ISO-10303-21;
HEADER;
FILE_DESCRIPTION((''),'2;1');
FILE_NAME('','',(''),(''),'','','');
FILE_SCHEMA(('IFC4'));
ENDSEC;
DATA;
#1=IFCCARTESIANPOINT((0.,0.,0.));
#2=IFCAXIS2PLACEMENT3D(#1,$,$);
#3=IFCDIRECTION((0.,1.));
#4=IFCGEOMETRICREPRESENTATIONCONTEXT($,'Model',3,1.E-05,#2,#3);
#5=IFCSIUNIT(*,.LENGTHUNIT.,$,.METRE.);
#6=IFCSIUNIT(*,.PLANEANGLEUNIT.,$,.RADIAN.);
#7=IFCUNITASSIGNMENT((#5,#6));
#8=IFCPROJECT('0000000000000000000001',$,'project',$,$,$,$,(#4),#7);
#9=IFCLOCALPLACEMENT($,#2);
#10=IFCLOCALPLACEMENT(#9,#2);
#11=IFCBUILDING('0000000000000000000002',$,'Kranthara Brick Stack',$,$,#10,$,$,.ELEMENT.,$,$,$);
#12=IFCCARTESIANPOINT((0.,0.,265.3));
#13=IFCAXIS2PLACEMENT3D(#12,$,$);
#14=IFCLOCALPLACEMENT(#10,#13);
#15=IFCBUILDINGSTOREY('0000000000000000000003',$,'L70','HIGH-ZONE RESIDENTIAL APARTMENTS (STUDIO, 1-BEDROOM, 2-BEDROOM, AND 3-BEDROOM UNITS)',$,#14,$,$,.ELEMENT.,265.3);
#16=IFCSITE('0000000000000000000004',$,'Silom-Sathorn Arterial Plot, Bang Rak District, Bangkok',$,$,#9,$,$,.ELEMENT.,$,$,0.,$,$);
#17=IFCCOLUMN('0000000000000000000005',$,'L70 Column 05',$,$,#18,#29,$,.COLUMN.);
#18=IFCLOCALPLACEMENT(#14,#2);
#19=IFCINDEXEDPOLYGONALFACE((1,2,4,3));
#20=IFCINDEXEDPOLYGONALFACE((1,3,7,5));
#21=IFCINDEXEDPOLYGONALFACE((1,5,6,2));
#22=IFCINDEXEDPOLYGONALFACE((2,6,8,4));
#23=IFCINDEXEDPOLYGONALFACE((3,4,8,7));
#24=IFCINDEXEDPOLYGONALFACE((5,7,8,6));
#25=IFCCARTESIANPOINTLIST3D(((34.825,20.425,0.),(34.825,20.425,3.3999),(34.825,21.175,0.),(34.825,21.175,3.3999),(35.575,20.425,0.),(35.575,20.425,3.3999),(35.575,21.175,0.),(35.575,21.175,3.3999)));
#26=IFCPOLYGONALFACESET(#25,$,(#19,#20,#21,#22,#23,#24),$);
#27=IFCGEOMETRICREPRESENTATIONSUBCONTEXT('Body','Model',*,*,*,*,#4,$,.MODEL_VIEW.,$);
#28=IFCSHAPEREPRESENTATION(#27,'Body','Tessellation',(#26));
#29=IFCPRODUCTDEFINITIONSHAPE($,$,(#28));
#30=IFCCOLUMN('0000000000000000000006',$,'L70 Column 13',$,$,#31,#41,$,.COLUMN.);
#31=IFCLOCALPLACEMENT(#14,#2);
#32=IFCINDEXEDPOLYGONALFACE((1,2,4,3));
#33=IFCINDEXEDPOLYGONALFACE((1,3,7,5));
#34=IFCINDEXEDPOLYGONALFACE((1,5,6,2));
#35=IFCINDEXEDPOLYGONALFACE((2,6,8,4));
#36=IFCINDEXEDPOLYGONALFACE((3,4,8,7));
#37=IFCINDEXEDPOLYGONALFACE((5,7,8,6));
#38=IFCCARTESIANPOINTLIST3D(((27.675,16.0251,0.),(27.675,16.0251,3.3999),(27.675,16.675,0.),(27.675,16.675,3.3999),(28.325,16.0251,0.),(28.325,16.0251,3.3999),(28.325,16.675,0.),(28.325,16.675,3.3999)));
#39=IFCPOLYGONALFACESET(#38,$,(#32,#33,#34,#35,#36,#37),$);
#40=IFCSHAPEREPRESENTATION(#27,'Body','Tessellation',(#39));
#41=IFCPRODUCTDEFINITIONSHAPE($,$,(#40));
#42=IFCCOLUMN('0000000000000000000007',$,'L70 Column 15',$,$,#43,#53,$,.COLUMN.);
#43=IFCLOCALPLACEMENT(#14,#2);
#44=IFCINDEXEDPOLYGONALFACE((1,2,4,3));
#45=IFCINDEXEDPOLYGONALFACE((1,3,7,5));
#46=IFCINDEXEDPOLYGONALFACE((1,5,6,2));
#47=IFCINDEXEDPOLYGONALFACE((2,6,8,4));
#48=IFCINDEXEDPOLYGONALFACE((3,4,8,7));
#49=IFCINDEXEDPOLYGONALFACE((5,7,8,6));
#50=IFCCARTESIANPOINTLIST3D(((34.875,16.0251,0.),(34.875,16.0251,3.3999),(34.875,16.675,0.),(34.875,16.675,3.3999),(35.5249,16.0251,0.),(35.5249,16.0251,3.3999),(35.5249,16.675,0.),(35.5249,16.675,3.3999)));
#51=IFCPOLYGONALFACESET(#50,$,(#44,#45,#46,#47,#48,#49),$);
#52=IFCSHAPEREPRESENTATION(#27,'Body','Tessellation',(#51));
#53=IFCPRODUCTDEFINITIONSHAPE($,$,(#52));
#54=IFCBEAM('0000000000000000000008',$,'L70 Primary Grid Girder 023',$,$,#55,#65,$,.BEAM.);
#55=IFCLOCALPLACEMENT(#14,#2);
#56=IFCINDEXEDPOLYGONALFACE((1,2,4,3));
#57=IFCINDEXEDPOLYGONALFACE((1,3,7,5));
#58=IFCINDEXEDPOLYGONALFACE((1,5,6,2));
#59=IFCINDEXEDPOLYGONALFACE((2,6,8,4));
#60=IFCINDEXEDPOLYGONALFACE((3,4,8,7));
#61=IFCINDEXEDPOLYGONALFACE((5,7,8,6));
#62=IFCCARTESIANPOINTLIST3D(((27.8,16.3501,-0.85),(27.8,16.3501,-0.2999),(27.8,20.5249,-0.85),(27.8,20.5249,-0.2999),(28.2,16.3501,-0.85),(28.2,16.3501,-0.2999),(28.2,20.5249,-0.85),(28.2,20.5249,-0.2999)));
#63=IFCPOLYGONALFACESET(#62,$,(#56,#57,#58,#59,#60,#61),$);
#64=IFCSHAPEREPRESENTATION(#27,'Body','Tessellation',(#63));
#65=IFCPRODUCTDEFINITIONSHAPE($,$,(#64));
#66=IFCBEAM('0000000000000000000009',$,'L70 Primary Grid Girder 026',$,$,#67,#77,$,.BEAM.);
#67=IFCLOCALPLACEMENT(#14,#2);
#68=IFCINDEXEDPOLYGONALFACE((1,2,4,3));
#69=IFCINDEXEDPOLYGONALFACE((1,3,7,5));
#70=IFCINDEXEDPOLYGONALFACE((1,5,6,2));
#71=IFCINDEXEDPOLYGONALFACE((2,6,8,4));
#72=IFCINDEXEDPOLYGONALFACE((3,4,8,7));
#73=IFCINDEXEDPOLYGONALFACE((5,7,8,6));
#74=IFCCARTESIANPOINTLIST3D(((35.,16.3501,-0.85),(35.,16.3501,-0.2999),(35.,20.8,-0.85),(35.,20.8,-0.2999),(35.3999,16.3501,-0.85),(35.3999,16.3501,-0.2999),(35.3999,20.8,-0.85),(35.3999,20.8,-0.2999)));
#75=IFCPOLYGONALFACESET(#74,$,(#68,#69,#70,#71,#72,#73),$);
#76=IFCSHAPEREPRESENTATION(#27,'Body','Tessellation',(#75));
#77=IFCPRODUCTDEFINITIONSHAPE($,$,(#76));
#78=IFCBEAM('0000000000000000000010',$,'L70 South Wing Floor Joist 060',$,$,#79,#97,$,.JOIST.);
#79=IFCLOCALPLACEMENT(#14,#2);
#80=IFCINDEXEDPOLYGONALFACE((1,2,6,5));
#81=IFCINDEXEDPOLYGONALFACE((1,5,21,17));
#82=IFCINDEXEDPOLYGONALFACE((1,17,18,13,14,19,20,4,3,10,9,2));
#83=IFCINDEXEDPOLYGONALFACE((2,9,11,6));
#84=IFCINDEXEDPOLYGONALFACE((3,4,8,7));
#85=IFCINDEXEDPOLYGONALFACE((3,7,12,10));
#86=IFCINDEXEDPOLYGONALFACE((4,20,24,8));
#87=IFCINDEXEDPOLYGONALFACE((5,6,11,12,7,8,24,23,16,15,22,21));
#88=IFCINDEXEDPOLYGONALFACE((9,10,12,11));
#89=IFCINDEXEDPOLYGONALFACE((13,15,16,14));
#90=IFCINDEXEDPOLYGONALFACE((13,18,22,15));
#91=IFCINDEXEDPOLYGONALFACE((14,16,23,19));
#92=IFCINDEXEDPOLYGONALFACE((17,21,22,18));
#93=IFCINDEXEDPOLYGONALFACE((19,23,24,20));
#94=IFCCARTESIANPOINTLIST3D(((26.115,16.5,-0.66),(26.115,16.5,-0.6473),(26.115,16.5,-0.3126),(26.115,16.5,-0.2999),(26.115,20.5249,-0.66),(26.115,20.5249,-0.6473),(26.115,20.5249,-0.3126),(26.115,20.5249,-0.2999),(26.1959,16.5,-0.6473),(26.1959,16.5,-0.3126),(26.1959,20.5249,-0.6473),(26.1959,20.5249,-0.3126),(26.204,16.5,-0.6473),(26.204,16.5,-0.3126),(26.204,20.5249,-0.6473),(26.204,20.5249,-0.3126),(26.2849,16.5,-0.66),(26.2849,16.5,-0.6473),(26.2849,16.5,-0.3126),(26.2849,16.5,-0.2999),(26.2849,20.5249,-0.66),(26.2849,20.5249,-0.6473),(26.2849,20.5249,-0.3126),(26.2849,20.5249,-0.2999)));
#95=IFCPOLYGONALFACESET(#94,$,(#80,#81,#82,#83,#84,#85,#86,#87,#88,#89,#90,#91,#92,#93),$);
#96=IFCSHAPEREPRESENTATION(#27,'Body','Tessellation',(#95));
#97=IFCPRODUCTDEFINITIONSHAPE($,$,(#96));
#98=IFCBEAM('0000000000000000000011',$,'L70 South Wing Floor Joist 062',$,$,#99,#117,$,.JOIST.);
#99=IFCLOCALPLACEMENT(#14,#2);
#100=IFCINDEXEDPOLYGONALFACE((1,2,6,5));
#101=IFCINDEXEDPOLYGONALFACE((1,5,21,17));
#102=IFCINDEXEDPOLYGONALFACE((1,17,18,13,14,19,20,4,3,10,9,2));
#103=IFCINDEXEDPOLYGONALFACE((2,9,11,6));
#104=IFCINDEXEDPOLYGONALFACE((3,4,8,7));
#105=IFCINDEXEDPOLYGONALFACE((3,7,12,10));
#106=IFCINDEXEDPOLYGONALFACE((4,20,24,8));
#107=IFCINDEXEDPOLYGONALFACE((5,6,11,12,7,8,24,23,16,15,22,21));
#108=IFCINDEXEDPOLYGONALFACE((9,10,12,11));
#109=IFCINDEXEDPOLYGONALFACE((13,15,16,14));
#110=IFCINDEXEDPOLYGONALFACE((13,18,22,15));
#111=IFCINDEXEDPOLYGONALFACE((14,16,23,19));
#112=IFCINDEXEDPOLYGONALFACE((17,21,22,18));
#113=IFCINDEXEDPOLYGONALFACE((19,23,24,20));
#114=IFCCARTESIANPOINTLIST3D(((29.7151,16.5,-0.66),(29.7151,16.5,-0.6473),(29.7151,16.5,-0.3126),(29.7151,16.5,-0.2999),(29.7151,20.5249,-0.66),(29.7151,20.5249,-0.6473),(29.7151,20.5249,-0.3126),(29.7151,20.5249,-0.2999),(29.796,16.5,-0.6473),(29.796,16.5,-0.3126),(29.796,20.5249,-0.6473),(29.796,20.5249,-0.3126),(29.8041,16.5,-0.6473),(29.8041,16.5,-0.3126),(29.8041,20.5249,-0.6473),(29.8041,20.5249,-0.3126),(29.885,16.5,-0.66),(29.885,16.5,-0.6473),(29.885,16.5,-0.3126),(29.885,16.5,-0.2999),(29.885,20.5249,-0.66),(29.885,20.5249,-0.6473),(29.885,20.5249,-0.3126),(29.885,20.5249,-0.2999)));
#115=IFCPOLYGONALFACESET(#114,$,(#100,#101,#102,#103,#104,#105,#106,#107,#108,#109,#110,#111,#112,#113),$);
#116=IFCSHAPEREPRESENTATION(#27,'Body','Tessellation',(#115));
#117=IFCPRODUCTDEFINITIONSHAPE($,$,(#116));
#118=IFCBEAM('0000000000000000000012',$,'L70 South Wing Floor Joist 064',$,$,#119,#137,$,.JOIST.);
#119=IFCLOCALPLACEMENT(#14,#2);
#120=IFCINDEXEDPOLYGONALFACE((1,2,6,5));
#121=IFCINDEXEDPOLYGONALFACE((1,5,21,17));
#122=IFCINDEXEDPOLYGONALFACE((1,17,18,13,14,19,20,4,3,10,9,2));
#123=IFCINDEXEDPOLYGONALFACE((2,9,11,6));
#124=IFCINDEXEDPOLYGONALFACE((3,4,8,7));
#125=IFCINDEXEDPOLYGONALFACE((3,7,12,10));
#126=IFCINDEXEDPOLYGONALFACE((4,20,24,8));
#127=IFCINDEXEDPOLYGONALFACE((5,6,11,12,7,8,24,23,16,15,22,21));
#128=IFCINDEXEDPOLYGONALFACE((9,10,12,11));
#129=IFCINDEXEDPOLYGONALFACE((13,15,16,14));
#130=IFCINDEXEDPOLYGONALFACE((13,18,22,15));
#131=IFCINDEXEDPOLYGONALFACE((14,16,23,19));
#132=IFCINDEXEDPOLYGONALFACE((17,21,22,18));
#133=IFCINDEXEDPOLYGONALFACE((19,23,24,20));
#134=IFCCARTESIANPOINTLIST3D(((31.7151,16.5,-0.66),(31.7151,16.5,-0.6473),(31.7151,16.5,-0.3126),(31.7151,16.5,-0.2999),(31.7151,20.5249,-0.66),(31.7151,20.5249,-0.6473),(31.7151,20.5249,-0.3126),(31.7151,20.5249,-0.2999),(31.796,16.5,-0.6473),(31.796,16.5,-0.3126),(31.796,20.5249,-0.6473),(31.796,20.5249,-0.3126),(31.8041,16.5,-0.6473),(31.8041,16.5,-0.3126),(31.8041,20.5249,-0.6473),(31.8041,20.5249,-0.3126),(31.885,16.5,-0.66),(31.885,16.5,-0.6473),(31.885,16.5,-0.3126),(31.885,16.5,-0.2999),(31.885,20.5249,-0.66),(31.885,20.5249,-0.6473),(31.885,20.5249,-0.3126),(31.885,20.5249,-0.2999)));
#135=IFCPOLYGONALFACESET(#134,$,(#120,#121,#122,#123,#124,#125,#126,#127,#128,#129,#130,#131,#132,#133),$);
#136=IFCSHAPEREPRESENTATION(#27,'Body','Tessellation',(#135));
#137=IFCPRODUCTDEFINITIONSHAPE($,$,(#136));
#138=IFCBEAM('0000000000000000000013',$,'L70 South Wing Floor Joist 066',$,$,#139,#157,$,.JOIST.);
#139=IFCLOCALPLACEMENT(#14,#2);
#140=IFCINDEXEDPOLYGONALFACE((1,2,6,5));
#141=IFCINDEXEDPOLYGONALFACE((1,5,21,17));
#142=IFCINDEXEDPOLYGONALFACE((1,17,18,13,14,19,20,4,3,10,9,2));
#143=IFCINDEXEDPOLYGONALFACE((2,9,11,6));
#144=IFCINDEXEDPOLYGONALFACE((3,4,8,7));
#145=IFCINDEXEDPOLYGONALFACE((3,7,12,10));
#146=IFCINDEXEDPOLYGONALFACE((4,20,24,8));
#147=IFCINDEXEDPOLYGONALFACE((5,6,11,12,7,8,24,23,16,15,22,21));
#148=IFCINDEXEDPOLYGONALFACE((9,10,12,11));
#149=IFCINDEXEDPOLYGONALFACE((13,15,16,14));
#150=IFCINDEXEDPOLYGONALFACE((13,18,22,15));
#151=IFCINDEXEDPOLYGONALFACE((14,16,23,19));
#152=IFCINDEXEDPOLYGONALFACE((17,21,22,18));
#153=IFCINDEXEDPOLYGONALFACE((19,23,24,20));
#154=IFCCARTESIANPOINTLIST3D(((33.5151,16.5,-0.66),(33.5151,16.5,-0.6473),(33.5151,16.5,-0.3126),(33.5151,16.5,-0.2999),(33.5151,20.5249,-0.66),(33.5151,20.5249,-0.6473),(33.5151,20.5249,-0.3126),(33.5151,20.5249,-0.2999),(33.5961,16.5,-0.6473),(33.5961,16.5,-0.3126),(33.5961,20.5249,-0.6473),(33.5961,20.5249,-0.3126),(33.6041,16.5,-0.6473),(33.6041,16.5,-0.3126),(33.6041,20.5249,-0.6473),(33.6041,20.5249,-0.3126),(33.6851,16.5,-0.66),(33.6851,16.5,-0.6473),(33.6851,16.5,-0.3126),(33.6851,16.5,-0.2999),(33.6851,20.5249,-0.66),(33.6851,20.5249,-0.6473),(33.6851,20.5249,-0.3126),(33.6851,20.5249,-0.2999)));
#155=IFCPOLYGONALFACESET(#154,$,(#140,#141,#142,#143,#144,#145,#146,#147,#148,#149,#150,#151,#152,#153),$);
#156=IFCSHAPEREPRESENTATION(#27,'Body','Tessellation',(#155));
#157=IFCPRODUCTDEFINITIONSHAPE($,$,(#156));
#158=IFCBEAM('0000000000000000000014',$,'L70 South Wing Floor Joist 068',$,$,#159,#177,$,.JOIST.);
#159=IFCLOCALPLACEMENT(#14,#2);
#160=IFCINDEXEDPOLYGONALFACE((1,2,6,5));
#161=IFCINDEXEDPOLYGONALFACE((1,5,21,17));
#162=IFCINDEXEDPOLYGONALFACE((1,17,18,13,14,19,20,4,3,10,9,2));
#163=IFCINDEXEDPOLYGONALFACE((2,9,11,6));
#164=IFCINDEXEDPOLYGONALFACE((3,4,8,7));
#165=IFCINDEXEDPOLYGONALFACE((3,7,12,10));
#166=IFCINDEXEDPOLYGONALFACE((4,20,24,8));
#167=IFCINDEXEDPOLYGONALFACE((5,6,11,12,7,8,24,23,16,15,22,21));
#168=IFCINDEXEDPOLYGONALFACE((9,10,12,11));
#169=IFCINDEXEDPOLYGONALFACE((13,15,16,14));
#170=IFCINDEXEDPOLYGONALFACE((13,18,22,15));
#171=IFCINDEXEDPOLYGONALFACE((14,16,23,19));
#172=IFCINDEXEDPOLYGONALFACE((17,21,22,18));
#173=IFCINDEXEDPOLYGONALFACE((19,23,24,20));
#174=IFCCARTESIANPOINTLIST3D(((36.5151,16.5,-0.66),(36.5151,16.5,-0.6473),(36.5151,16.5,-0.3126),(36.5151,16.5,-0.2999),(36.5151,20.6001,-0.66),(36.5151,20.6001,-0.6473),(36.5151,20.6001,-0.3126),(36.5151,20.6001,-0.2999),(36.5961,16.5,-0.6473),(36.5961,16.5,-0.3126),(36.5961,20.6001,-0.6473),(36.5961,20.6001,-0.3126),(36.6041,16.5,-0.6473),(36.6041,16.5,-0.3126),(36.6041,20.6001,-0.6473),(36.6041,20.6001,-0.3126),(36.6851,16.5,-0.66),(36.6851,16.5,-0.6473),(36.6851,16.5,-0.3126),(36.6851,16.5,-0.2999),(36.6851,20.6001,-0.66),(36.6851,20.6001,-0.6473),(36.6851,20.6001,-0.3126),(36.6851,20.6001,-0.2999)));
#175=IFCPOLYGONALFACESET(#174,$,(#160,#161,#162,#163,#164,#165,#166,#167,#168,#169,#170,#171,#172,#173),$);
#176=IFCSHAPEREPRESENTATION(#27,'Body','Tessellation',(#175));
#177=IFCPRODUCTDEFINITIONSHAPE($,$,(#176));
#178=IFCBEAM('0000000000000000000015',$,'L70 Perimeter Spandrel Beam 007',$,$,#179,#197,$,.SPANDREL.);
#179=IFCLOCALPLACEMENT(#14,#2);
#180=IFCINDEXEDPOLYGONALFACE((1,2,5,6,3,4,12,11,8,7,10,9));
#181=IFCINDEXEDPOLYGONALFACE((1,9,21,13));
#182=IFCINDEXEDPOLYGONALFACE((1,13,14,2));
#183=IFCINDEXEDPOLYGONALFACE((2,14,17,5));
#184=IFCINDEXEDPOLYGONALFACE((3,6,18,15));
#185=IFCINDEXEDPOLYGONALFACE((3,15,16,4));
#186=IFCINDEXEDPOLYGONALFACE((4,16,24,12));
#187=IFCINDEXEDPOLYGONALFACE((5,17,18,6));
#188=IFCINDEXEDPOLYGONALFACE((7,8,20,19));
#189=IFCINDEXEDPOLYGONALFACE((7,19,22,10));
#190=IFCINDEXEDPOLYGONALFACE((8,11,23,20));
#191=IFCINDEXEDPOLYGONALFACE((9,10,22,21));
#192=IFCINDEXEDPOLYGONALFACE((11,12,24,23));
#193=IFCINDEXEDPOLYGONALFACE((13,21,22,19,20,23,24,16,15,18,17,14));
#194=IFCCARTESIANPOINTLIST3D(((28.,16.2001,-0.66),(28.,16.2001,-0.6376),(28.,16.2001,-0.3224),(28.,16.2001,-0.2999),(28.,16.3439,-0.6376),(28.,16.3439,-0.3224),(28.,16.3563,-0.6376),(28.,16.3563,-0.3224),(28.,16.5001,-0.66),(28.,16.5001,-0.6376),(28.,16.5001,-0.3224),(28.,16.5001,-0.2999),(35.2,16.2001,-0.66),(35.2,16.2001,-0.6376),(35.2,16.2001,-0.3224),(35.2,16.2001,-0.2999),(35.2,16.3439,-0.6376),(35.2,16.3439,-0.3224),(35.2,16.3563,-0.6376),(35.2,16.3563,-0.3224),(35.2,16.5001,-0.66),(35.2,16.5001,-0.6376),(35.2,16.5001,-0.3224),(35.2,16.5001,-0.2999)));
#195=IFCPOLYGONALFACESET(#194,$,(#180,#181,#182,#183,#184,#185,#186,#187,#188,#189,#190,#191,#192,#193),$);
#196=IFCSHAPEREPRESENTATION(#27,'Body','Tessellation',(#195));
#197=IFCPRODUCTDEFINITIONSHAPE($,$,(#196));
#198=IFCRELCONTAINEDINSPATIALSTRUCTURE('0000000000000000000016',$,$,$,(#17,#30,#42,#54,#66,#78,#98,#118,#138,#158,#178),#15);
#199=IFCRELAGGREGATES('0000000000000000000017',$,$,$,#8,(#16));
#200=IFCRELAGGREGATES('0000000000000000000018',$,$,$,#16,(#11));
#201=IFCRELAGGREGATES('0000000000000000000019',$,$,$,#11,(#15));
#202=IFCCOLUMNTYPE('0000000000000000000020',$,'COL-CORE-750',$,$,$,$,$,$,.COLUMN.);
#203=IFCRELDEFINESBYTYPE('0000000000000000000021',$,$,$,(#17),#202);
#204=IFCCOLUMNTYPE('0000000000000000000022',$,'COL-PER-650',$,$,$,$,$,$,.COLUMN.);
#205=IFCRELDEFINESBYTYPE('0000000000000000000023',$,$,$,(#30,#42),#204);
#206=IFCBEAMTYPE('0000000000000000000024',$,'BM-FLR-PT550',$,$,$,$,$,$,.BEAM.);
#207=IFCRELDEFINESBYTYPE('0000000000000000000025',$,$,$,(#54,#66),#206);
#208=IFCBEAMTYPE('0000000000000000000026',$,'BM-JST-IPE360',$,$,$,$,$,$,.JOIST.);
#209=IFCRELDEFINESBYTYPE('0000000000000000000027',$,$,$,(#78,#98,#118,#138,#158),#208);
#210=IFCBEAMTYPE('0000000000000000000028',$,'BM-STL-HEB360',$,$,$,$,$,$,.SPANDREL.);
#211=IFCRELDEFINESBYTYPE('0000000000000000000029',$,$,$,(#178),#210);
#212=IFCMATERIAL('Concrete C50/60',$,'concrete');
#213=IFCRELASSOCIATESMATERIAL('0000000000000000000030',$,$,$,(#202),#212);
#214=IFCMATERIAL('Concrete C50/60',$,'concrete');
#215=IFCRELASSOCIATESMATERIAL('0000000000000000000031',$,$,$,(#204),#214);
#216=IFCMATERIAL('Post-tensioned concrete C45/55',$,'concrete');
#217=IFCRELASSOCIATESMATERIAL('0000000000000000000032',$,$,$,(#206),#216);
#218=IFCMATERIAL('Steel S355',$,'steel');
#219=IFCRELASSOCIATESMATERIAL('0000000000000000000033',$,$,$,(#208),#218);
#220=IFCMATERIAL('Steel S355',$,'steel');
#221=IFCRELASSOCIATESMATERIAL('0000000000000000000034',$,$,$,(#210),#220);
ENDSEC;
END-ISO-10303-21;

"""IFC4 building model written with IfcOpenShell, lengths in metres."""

from ifc_helpers import new_model, si_unit, direction, frame, origin, origin_2d, place, context, subcontext, project, spatial, rectangle, i_section, extrude, material, material_profile, profile_set, type_object, element, save


model = new_model("IFC4")

# Units and contexts
model_context = context("Model", 3, precision=1e-05, world=origin(), true_north=direction((0.0, 1.0)))
body_context = subcontext(model_context, "Body", "Model", "MODEL_VIEW")
ifc_project = project(units=[si_unit("LENGTHUNIT", "METRE"), si_unit("PLANEANGLEUNIT", "RADIAN")], contexts=[model_context])

# Site, building, storey
site_placement = place(None, origin())
site = spatial("IfcSite", under=ifc_project, at=site_placement, Name="Silom-Sathorn Arterial Plot, Bang Rak District, Bangkok", CompositionType="ELEMENT", RefElevation=0.0)
building_placement = place(site_placement, origin())
building = spatial("IfcBuilding", under=site, at=building_placement, Name="Kranthara Brick Stack", CompositionType="ELEMENT")
storey_placement = place(building_placement, frame((0.0, 0.0, 265.3)))
storey = spatial("IfcBuildingStorey", under=building, at=storey_placement, Name="L70", Description="HIGH-ZONE RESIDENTIAL APARTMENTS (STUDIO, 1-BEDROOM, 2-BEDROOM, AND 3-BEDROOM UNITS)", CompositionType="ELEMENT", Elevation=265.3)

# Columns
ifc_material_1 = material(Name="Concrete C50/60", Category="concrete")
ifc_material_profile_1 = material_profile(ifc_material_1, rectangle(XDim=0.75, YDim=0.75, at=origin_2d()), Name="RC 750x750")
ifc_profile_set_1 = profile_set([ifc_material_profile_1], Name="Concrete C50/60")
column_type_1 = type_object("IfcColumnType", Name="COL-CORE-750", PredefinedType="COLUMN", material=ifc_profile_set_1)
column_placement = place(storey_placement, frame((35.2, 20.8, 0.0), z_axis=(0.0, 0.0, 1.0), x_axis=(1.0, 0.0, 0.0)))
element("IfcColumn", 1, at=column_placement, inside=storey, type_object=column_type_1, Name="L70 Column 05", PredefinedType="COLUMN", context=body_context, shape_type="SweptSolid", body=[
    extrude(rectangle(XDim=0.75, YDim=0.75, at=origin_2d()), origin(), (0.0, 0.0, 1.0), 3.3999),
])
ifc_material_2 = material(Name="Concrete C50/60", Category="concrete")
ifc_material_profile_2 = material_profile(ifc_material_2, rectangle(XDim=0.6499, YDim=0.6499, at=origin_2d()), Name="RC 650x650")
ifc_profile_set_2 = profile_set([ifc_material_profile_2], Name="Concrete C50/60")
column_type_2 = type_object("IfcColumnType", Name="COL-PER-650", PredefinedType="COLUMN", material=ifc_profile_set_2)
for number, where, z_axis, x_axis, name in (
    (2, (28.0, 16.3501, 0.0), (0.0, 0.0, 1.0), (1.0, 0.0, 0.0), "L70 Column 13"),
    (3, (35.2, 16.3501, 0.0), (0.0, 0.0, 1.0), (1.0, 0.0, 0.0), "L70 Column 15"),
):
    element("IfcColumn", number, at=place(storey_placement, frame(where, z_axis=z_axis, x_axis=x_axis)), inside=storey, type_object=column_type_2, Name=name, PredefinedType="COLUMN", context=body_context, shape_type="SweptSolid", body=[
        extrude(rectangle(XDim=0.6499, YDim=0.6499, at=origin_2d()), origin(), (0.0, 0.0, 1.0), 3.3999),
    ])

# Beams
ifc_material_3 = material(Name="Post-tensioned concrete C45/55", Category="concrete")
ifc_material_profile_3 = material_profile(ifc_material_3, rectangle(XDim=0.3999, YDim=0.55, at=origin_2d()), Name="PT 400x550")
ifc_profile_set_3 = profile_set([ifc_material_profile_3], Name="Post-tensioned concrete C45/55")
beam_type_1 = type_object("IfcBeamType", Name="BM-FLR-PT550", PredefinedType="BEAM", material=ifc_profile_set_3)
beam_1_placement = place(storey_placement, frame((28.0, 16.3501, -0.575), z_axis=(0.0, 1.0, 0.0), x_axis=(-1.0, 0.0, 0.0)))
element("IfcBeam", 4, at=beam_1_placement, inside=storey, type_object=beam_type_1, Name="L70 Primary Grid Girder 023", PredefinedType="BEAM", context=body_context, shape_type="SweptSolid", body=[
    extrude(rectangle(XDim=0.3999, YDim=0.55, at=origin_2d()), origin(), (0.0, 0.0, 1.0), 4.1748),
])
beam_2_placement = place(storey_placement, frame((35.2, 16.3501, -0.575), z_axis=(0.0, 1.0, 0.0), x_axis=(-1.0, 0.0, 0.0)))
element("IfcBeam", 5, at=beam_2_placement, inside=storey, type_object=beam_type_1, Name="L70 Primary Grid Girder 026", PredefinedType="BEAM", context=body_context, shape_type="SweptSolid", body=[
    extrude(rectangle(XDim=0.3999, YDim=0.55, at=origin_2d()), origin(), (0.0, 0.0, 1.0), 4.45),
])
ifc_material_4 = material(Name="Steel S355", Category="steel")
ifc_material_profile_4 = material_profile(ifc_material_4, i_section(OverallWidth=0.1699, OverallDepth=0.3601, WebThickness=0.0081, FlangeThickness=0.0127, at=origin_2d()), Name="IPE 360")
ifc_profile_set_4 = profile_set([ifc_material_profile_4], Name="Steel S355")
beam_type_2 = type_object("IfcBeamType", Name="BM-JST-IPE360", PredefinedType="JOIST", material=ifc_profile_set_4)
for number, where, z_axis, x_axis, name in (
    (6, (26.2, 16.5, -0.48), (0.0, 1.0, 0.0), (-1.0, 0.0, 0.0), "L70 South Wing Floor Joist 060"),
    (7, (29.8, 16.5, -0.48), (0.0, 1.0, 0.0), (-1.0, 0.0, 0.0), "L70 South Wing Floor Joist 062"),
    (8, (31.8, 16.5, -0.48), (0.0, 1.0, 0.0), (-1.0, 0.0, 0.0), "L70 South Wing Floor Joist 064"),
    (9, (33.6001, 16.5, -0.48), (0.0, 1.0, 0.0), (-1.0, 0.0, 0.0), "L70 South Wing Floor Joist 066"),
):
    element("IfcBeam", number, at=place(storey_placement, frame(where, z_axis=z_axis, x_axis=x_axis)), inside=storey, type_object=beam_type_2, Name=name, PredefinedType="JOIST", context=body_context, shape_type="SweptSolid", body=[
        extrude(i_section(OverallWidth=0.1699, OverallDepth=0.3601, WebThickness=0.0081, FlangeThickness=0.0127, at=origin_2d()), origin(), (0.0, 0.0, 1.0), 4.0249),
    ])
beam_3_placement = place(storey_placement, frame((36.6001, 16.5, -0.48), z_axis=(0.0, 1.0, 0.0), x_axis=(-1.0, 0.0, 0.0)))
element("IfcBeam", 10, at=beam_3_placement, inside=storey, type_object=beam_type_2, Name="L70 South Wing Floor Joist 068", PredefinedType="JOIST", context=body_context, shape_type="SweptSolid", body=[
    extrude(i_section(OverallWidth=0.1699, OverallDepth=0.3601, WebThickness=0.0081, FlangeThickness=0.0127, at=origin_2d()), origin(), (0.0, 0.0, 1.0), 4.1001),
])
ifc_material_5 = material(Name="Steel S355", Category="steel")
ifc_material_profile_5 = material_profile(ifc_material_5, i_section(OverallWidth=0.3, OverallDepth=0.3601, WebThickness=0.0125, FlangeThickness=0.0225, at=origin_2d()), Name="HEB 360")
ifc_profile_set_5 = profile_set([ifc_material_profile_5], Name="Steel S355")
beam_type_3 = type_object("IfcBeamType", Name="BM-STL-HEB360", PredefinedType="SPANDREL", material=ifc_profile_set_5)
beam_4_placement = place(storey_placement, frame((28.0, 16.3501, -0.48), z_axis=(1.0, 0.0, 0.0), x_axis=(0.0, 1.0, 0.0)))
element("IfcBeam", 11, at=beam_4_placement, inside=storey, type_object=beam_type_3, Name="L70 Perimeter Spandrel Beam 007", PredefinedType="SPANDREL", context=body_context, shape_type="SweptSolid", body=[
    extrude(i_section(OverallWidth=0.3, OverallDepth=0.3601, WebThickness=0.0125, FlangeThickness=0.0225, at=origin_2d()), origin(), (0.0, 0.0, 1.0), 7.2),
])

save(model, "model.ifc")
